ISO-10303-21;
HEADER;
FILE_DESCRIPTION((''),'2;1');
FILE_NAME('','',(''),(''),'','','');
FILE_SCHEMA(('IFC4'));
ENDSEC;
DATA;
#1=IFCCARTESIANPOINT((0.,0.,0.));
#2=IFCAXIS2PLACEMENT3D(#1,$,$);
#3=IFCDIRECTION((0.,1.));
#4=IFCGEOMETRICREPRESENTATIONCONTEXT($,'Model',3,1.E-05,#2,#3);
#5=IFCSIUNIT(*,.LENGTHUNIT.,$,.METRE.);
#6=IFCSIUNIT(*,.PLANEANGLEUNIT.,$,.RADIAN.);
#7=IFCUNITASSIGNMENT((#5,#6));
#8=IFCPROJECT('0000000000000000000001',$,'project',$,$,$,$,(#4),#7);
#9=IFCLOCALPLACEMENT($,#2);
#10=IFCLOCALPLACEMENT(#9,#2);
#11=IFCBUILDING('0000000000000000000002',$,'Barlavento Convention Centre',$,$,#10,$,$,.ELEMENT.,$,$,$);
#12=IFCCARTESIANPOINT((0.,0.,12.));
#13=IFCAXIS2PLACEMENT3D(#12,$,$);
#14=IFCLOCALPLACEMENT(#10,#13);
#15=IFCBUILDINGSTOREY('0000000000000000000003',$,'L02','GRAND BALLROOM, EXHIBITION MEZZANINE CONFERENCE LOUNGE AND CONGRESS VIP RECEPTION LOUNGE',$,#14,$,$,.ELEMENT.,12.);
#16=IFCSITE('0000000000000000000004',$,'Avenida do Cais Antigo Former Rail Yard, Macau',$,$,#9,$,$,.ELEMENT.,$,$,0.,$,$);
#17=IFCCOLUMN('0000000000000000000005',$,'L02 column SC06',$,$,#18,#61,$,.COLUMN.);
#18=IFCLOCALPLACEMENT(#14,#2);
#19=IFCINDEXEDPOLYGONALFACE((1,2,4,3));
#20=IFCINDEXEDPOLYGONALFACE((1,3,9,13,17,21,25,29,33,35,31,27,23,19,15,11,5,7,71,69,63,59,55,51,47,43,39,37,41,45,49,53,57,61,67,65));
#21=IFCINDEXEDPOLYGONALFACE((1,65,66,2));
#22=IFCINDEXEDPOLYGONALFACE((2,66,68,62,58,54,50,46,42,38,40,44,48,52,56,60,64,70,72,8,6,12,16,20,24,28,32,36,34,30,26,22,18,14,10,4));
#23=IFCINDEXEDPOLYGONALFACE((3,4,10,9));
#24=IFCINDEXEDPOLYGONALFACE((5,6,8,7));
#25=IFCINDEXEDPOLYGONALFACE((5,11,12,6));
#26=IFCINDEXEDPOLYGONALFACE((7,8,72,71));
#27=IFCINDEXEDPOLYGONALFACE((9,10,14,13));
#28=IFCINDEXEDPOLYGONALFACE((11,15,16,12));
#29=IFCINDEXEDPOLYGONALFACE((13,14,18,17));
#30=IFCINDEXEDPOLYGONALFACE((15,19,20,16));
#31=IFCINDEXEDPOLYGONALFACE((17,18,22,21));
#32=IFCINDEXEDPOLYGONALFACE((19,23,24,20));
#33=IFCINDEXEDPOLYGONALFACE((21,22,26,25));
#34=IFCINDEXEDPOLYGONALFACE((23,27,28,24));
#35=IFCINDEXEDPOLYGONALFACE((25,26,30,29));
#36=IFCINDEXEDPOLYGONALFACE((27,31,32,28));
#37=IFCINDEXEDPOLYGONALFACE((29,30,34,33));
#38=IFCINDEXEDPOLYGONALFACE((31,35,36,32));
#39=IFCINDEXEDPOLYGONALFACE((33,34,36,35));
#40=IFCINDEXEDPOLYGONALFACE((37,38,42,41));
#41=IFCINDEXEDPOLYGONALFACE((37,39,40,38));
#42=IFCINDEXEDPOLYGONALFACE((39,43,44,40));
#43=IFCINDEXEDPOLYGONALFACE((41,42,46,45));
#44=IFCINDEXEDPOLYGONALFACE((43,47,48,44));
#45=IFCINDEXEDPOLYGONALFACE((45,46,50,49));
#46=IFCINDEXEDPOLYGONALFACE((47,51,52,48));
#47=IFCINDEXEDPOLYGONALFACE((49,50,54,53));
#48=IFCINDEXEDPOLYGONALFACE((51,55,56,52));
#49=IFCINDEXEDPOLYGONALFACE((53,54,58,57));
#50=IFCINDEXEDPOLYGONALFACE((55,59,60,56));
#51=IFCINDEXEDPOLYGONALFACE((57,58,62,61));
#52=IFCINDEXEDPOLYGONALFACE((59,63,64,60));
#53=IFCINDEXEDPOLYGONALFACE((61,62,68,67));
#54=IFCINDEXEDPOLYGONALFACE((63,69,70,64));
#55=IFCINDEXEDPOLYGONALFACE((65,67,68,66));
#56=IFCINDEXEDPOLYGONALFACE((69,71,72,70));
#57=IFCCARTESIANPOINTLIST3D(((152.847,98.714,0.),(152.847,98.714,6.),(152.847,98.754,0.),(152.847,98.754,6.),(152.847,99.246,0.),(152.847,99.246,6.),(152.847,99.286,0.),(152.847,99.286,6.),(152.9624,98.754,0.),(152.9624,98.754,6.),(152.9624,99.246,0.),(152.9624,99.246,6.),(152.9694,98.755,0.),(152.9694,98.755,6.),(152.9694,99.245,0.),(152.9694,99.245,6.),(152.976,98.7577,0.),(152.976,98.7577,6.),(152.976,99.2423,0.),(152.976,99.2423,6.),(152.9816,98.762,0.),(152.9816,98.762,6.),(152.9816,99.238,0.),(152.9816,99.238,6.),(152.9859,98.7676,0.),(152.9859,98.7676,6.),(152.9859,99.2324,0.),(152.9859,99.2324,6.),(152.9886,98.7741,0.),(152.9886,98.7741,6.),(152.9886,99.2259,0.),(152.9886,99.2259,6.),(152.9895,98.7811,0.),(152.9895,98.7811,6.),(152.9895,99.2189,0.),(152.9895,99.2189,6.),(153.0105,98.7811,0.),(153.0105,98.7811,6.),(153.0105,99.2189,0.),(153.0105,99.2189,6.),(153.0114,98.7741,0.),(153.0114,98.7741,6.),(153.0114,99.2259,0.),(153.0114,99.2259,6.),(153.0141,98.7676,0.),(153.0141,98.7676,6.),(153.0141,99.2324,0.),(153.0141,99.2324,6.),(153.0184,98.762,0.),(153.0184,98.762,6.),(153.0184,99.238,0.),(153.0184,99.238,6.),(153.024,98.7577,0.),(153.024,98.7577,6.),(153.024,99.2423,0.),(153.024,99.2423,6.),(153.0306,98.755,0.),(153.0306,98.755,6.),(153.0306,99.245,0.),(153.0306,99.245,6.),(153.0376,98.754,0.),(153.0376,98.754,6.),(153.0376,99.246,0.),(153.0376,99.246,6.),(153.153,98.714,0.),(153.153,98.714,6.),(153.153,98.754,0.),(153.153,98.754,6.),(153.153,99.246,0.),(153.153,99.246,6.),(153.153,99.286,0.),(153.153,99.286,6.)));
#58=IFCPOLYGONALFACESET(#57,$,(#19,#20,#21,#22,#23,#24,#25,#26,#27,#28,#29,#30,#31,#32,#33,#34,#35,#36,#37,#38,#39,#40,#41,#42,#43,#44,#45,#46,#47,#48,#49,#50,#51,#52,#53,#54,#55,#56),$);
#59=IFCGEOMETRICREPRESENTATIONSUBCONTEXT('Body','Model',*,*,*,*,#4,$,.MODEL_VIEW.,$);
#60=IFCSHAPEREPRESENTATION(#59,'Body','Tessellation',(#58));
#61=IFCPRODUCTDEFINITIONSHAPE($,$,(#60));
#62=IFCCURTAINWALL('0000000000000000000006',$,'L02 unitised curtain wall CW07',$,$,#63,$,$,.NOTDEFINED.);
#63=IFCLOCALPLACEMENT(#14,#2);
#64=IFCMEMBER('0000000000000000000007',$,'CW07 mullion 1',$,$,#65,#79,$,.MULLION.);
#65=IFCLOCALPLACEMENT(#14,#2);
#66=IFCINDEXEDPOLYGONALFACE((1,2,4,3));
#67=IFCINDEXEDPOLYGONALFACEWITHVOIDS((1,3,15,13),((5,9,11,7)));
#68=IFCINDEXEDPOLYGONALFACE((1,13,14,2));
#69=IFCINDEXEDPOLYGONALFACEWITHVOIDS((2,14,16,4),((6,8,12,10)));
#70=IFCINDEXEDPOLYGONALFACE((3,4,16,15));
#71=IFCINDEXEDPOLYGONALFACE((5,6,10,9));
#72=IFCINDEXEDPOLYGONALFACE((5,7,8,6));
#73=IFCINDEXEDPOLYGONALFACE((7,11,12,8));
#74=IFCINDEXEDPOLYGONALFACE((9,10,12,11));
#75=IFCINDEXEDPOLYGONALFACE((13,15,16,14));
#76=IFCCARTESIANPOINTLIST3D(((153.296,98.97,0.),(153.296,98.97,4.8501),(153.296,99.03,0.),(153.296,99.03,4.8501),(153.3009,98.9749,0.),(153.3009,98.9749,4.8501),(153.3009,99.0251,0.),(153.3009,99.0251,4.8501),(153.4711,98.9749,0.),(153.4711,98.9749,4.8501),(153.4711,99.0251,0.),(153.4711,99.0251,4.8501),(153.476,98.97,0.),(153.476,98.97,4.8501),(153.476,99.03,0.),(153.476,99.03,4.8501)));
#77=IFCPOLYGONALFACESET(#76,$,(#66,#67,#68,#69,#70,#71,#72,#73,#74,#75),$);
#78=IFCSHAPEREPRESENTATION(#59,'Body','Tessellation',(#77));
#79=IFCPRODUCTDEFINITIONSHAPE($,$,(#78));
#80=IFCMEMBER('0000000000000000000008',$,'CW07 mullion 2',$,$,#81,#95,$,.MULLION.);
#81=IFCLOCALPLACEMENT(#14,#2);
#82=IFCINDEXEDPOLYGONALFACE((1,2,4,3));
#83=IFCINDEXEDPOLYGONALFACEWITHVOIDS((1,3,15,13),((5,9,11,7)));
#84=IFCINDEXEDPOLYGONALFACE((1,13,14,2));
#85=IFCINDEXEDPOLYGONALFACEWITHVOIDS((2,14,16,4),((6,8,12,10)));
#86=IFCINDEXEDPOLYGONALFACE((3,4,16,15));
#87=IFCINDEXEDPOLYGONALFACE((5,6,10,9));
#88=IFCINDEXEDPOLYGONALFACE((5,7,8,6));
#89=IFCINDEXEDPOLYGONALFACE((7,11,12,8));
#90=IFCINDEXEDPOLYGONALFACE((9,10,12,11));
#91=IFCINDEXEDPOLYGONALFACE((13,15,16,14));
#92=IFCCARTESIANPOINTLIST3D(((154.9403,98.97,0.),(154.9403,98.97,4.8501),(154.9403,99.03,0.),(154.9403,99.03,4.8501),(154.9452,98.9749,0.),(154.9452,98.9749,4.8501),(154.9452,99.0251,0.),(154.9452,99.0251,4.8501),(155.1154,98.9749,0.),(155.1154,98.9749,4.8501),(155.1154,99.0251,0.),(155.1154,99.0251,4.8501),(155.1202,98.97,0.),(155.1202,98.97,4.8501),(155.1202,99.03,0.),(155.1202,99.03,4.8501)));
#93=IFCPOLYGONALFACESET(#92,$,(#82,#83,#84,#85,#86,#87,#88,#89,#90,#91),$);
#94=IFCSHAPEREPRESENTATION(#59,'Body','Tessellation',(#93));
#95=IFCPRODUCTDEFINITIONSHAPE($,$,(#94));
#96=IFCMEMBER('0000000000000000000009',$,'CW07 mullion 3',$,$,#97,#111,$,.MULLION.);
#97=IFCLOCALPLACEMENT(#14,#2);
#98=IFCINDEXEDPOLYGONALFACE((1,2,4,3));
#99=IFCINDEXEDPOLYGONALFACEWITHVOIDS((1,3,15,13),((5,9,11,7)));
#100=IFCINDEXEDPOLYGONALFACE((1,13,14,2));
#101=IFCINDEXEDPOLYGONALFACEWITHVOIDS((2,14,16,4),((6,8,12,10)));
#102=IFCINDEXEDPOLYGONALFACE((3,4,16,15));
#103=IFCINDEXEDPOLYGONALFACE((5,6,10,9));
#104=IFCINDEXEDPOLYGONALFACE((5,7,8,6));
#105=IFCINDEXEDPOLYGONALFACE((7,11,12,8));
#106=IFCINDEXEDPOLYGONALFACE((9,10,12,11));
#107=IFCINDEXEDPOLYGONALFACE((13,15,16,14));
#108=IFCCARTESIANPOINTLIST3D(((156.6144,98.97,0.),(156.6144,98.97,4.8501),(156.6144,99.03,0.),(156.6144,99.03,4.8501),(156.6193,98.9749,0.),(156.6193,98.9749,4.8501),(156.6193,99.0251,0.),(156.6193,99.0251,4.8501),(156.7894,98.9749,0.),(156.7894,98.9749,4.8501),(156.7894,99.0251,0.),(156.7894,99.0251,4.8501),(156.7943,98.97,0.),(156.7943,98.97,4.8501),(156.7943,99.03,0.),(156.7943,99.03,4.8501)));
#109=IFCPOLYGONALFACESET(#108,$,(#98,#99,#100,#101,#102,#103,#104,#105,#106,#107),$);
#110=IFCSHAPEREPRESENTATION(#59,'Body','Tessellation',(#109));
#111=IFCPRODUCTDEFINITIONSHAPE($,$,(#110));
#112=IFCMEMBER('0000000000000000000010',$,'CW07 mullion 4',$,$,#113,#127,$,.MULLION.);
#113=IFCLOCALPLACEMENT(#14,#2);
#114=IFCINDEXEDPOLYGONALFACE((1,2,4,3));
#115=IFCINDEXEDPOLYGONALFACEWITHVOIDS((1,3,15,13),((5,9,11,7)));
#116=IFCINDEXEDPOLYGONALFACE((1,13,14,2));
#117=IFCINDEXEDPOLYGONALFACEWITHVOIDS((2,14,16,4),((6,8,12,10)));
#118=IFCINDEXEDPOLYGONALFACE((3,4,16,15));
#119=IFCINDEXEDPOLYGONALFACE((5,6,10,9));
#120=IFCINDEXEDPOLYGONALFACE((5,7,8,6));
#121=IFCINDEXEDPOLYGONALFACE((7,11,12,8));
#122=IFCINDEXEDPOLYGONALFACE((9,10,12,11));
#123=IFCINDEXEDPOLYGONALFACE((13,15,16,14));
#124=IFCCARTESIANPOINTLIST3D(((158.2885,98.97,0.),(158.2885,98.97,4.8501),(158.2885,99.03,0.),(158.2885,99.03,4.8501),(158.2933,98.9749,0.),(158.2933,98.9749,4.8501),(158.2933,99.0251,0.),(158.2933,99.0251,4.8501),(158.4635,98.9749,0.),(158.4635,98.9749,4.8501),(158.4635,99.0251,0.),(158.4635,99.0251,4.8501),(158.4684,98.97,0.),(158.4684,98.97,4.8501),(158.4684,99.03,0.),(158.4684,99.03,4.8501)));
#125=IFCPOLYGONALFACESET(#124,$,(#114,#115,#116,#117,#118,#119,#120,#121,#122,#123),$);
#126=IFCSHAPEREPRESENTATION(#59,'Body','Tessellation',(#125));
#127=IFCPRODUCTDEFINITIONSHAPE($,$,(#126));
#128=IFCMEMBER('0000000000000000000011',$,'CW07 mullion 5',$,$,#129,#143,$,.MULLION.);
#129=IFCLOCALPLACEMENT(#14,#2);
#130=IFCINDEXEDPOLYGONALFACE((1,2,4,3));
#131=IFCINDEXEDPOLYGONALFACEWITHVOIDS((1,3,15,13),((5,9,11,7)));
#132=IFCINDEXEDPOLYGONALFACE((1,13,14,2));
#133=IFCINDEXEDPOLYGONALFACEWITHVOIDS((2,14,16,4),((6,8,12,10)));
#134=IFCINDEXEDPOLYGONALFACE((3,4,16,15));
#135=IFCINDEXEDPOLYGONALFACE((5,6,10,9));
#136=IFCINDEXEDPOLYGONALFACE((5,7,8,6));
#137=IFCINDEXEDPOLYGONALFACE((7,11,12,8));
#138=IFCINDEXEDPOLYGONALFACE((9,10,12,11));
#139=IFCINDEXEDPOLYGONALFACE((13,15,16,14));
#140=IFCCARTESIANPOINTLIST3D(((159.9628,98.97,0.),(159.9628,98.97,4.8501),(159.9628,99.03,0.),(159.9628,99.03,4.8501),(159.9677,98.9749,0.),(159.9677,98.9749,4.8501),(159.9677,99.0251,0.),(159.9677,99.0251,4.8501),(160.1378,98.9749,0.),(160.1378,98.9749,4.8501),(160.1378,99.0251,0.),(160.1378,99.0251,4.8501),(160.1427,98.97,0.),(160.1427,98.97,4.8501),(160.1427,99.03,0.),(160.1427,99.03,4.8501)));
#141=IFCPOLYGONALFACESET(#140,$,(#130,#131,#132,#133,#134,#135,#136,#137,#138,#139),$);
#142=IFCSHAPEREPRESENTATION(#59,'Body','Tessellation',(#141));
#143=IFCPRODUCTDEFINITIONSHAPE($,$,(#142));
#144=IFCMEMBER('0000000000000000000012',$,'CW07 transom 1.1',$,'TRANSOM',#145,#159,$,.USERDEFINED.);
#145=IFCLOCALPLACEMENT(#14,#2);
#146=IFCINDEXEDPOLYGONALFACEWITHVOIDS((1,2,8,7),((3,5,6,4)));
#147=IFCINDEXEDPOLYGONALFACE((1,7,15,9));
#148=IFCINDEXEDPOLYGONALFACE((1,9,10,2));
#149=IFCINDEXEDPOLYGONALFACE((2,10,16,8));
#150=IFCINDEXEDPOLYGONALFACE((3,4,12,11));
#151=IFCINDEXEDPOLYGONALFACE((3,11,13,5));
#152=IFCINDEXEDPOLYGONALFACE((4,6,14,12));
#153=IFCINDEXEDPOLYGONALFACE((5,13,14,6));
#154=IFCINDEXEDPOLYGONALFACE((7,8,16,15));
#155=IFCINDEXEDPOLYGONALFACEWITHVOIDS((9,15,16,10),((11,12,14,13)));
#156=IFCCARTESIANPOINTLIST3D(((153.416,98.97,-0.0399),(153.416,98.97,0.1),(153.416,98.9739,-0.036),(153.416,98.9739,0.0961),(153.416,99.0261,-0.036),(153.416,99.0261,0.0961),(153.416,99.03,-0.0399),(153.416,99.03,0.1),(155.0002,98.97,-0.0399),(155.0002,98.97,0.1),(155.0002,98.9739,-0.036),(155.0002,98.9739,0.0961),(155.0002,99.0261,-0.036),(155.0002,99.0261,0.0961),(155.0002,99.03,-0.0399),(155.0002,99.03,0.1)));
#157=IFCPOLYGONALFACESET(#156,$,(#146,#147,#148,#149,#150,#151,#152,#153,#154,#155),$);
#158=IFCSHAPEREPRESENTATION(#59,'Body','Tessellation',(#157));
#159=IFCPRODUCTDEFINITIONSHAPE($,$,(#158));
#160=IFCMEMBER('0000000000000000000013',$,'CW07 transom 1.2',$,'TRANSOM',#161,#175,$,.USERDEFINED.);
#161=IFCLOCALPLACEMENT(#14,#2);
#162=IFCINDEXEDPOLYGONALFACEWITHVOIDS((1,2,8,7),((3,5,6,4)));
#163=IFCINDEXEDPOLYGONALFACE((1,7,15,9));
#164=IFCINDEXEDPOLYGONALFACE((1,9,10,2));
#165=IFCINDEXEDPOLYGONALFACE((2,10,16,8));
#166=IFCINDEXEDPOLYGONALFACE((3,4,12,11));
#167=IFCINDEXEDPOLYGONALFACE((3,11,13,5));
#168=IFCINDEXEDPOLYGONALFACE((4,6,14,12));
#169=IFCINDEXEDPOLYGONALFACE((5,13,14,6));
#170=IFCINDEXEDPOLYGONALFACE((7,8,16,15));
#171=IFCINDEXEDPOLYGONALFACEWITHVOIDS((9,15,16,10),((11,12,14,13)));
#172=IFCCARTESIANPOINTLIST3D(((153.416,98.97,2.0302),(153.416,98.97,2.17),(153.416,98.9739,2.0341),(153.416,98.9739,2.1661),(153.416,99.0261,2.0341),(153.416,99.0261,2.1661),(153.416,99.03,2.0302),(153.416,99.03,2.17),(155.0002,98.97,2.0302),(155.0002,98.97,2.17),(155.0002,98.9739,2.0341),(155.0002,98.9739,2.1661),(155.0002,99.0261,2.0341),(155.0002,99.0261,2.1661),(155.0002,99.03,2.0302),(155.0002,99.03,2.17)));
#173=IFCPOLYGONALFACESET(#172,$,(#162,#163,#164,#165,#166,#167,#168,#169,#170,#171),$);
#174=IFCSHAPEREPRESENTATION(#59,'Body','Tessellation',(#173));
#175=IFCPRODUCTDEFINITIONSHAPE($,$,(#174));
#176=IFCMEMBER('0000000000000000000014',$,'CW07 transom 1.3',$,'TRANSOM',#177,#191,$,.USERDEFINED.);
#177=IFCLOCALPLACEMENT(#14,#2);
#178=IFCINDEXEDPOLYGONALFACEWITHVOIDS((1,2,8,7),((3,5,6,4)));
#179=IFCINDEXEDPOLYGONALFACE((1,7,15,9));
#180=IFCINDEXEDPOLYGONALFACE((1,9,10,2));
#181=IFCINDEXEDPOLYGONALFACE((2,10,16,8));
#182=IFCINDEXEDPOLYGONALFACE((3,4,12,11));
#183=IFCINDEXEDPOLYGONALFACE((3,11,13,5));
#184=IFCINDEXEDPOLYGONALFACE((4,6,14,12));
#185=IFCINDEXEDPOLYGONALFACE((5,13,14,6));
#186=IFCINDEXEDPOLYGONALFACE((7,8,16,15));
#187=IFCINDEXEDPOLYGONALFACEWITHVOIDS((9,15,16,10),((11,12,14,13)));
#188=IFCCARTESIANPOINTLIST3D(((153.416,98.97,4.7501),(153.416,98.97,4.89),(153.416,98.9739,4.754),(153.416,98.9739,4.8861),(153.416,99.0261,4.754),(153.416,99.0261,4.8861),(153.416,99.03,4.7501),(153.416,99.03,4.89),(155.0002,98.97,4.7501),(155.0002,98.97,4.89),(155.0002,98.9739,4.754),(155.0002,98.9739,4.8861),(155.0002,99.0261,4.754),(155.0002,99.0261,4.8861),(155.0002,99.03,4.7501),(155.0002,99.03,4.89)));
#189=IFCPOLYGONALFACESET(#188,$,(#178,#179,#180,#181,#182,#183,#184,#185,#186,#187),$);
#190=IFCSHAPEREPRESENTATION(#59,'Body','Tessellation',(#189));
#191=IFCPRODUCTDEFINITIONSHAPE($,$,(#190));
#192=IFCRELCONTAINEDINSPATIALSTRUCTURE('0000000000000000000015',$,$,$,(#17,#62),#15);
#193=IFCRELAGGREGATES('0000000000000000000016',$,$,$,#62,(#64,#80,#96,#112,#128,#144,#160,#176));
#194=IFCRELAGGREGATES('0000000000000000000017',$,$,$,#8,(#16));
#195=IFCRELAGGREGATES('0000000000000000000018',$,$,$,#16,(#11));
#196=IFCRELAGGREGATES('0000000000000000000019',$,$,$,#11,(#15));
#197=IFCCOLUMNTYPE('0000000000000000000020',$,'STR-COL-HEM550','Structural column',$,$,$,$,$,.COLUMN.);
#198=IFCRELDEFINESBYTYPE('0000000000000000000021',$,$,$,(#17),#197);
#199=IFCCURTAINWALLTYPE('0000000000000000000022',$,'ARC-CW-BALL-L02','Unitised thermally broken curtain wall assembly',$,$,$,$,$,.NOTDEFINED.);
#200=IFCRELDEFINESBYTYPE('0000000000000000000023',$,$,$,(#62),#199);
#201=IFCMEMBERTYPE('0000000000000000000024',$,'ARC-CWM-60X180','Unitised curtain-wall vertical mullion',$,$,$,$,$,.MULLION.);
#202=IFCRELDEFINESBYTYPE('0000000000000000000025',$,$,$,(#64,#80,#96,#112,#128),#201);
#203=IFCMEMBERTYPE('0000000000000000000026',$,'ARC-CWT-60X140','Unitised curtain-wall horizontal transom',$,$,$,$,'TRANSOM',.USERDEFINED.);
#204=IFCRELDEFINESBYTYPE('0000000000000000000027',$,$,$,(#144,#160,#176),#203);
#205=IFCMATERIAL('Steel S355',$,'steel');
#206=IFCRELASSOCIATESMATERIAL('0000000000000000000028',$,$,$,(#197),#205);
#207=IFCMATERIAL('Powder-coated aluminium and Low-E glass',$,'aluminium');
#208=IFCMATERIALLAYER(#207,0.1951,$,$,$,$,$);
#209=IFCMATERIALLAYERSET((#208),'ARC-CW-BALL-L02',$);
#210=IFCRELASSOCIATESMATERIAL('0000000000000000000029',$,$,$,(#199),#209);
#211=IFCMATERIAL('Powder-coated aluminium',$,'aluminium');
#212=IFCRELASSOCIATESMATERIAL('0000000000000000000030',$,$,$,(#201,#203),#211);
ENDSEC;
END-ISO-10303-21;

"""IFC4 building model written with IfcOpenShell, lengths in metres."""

from ifc_helpers import new_model, si_unit, direction, frame, origin, origin_2d, place, context, subcontext, project, spatial, hollow_rectangle, i_section, extrude, material, layer, layer_set, material_profile, profile_set, type_object, element, aggregate, save


model = new_model("IFC4")

# Units and contexts
model_context = context("Model", 3, precision=1e-05, world=origin(), true_north=direction((0.0, 1.0)))
body_context = subcontext(model_context, "Body", "Model", "MODEL_VIEW")
ifc_project = project(units=[si_unit("LENGTHUNIT", "METRE"), si_unit("PLANEANGLEUNIT", "RADIAN")], contexts=[model_context])

# Site, building, storey
site_placement = place(None, origin())
site = spatial("IfcSite", under=ifc_project, at=site_placement, Name="Avenida do Cais Antigo Former Rail Yard, Macau", CompositionType="ELEMENT", RefElevation=0.0)
building_placement = place(site_placement, origin())
building = spatial("IfcBuilding", under=site, at=building_placement, Name="Barlavento Convention Centre", CompositionType="ELEMENT")
storey_placement = place(building_placement, frame((0.0, 0.0, 12.0)))
storey = spatial("IfcBuildingStorey", under=building, at=storey_placement, Name="L02", Description="GRAND BALLROOM, EXHIBITION MEZZANINE CONFERENCE LOUNGE AND CONGRESS VIP RECEPTION LOUNGE", CompositionType="ELEMENT", Elevation=12.0)

# Column
ifc_material_1 = material(Name="Steel S355", Category="steel")
ifc_material_profile_1 = material_profile(ifc_material_1, i_section(OverallWidth=0.3059, OverallDepth=0.572, WebThickness=0.021, FlangeThickness=0.04, FilletRadius=0.0271, at=origin_2d()), Name="HEM 550")
ifc_profile_set_1 = profile_set([ifc_material_profile_1], Name="Steel S355")
column_type = type_object("IfcColumnType", Name="STR-COL-HEM550", Description="Structural column", PredefinedType="COLUMN", material=ifc_profile_set_1)
column_placement = place(storey_placement, frame((153.0, 99.0, 0.0), z_axis=(0.0, 0.0, 1.0), x_axis=(1.0, 0.0, 0.0)))
element("IfcColumn", 1, at=column_placement, inside=storey, type_object=column_type, Name="L02 column SC06", PredefinedType="COLUMN", context=body_context, shape_type="SweptSolid", body=[
    extrude(i_section(OverallWidth=0.3059, OverallDepth=0.572, WebThickness=0.021, FlangeThickness=0.04, FilletRadius=0.0271, at=origin_2d()), origin(), (0.0, 0.0, 1.0), 6.0),
])

# Curtain wall, members
ifc_material_2 = material(Name="Powder-coated aluminium and Low-E glass", Category="aluminium")
ifc_layer_1 = layer(ifc_material_2, 0.1951)
ifc_layer_set_1 = layer_set([ifc_layer_1], Name="ARC-CW-BALL-L02")
curtain_wall_type = type_object("IfcCurtainWallType", Name="ARC-CW-BALL-L02", Description="Unitised thermally broken curtain wall assembly", PredefinedType="NOTDEFINED", material=ifc_layer_set_1)
curtain_wall_placement = place(storey_placement, origin())
curtain_wall = element("IfcCurtainWall", 2, at=curtain_wall_placement, inside=storey, type_object=curtain_wall_type, Name="L02 unitised curtain wall CW07", PredefinedType="NOTDEFINED")
ifc_material_3 = material(Name="Powder-coated aluminium", Category="aluminium")
ifc_material_profile_2 = material_profile(ifc_material_3, hollow_rectangle(XDim=0.0601, YDim=0.1799, WallThickness=0.0049, at=origin_2d()), Name="AL-MULL 60x180x5")
ifc_profile_set_2 = profile_set([ifc_material_profile_2], Name="Powder-coated aluminium")
member_type_1 = type_object("IfcMemberType", Name="ARC-CWM-60X180", Description="Unitised curtain-wall vertical mullion", PredefinedType="MULLION", material=ifc_profile_set_2)
member_1_placement = place(storey_placement, frame((153.386, 99.0, 0.0), z_axis=(0.0, 0.0, 1.0), x_axis=(0.0, 1.0, 0.0)))
member_1 = element("IfcMember", 3, at=member_1_placement, type_object=member_type_1, Name="CW07 mullion 1", PredefinedType="MULLION", context=body_context, shape_type="SweptSolid", body=[
    extrude(hollow_rectangle(XDim=0.0601, YDim=0.1799, WallThickness=0.0049, at=origin_2d()), origin(), (0.0, 0.0, 1.0), 4.8501),
])
member_2_placement = place(storey_placement, frame((155.0303, 99.0, 0.0), z_axis=(0.0, 0.0, 1.0), x_axis=(0.0, 1.0, 0.0)))
member_2 = element("IfcMember", 4, at=member_2_placement, type_object=member_type_1, Name="CW07 mullion 2", PredefinedType="MULLION", context=body_context, shape_type="SweptSolid", body=[
    extrude(hollow_rectangle(XDim=0.0601, YDim=0.1799, WallThickness=0.0049, at=origin_2d()), origin(), (0.0, 0.0, 1.0), 4.8501),
])
member_3_placement = place(storey_placement, frame((156.7043, 99.0, 0.0), z_axis=(0.0, 0.0, 1.0), x_axis=(0.0, 1.0, 0.0)))
member_3 = element("IfcMember", 5, at=member_3_placement, type_object=member_type_1, Name="CW07 mullion 3", PredefinedType="MULLION", context=body_context, shape_type="SweptSolid", body=[
    extrude(hollow_rectangle(XDim=0.0601, YDim=0.1799, WallThickness=0.0049, at=origin_2d()), origin(), (0.0, 0.0, 1.0), 4.8501),
])
member_4_placement = place(storey_placement, frame((158.3784, 99.0, 0.0), z_axis=(0.0, 0.0, 1.0), x_axis=(0.0, 1.0, 0.0)))
member_4 = element("IfcMember", 6, at=member_4_placement, type_object=member_type_1, Name="CW07 mullion 4", PredefinedType="MULLION", context=body_context, shape_type="SweptSolid", body=[
    extrude(hollow_rectangle(XDim=0.0601, YDim=0.1799, WallThickness=0.0049, at=origin_2d()), origin(), (0.0, 0.0, 1.0), 4.8501),
])
member_5_placement = place(storey_placement, frame((160.0527, 99.0, 0.0), z_axis=(0.0, 0.0, 1.0), x_axis=(0.0, 1.0, 0.0)))
member_5 = element("IfcMember", 7, at=member_5_placement, type_object=member_type_1, Name="CW07 mullion 5", PredefinedType="MULLION", context=body_context, shape_type="SweptSolid", body=[
    extrude(hollow_rectangle(XDim=0.0601, YDim=0.1799, WallThickness=0.0049, at=origin_2d()), origin(), (0.0, 0.0, 1.0), 4.8501),
])
ifc_material_profile_3 = material_profile(ifc_material_3, hollow_rectangle(XDim=0.0601, YDim=0.1399, WallThickness=0.0039, at=origin_2d()), Name="AL-TRAN 60x140x4")
ifc_profile_set_3 = profile_set([ifc_material_profile_3], Name="Powder-coated aluminium")
member_type_2 = type_object("IfcMemberType", Name="ARC-CWT-60X140", Description="Unitised curtain-wall horizontal transom", ElementType="TRANSOM", PredefinedType="USERDEFINED", material=ifc_profile_set_3)
member_6_placement = place(storey_placement, frame((153.416, 99.0, 0.03), z_axis=(1.0, 0.0, 0.0), x_axis=(0.0, 1.0, 0.0)))
member_6 = element("IfcMember", 8, at=member_6_placement, type_object=member_type_2, Name="CW07 transom 1.1", ObjectType="TRANSOM", PredefinedType="USERDEFINED", context=body_context, shape_type="SweptSolid", body=[
    extrude(hollow_rectangle(XDim=0.0601, YDim=0.1399, WallThickness=0.0039, at=origin_2d()), origin(), (0.0, 0.0, 1.0), 1.5842),
])
member_7_placement = place(storey_placement, frame((153.416, 99.0, 2.1001), z_axis=(1.0, 0.0, 0.0), x_axis=(0.0, 1.0, 0.0)))
member_7 = element("IfcMember", 9, at=member_7_placement, type_object=member_type_2, Name="CW07 transom 1.2", ObjectType="TRANSOM", PredefinedType="USERDEFINED", context=body_context, shape_type="SweptSolid", body=[
    extrude(hollow_rectangle(XDim=0.0601, YDim=0.1399, WallThickness=0.0039, at=origin_2d()), origin(), (0.0, 0.0, 1.0), 1.5842),
])
member_8_placement = place(storey_placement, frame((153.416, 99.0, 4.8201), z_axis=(1.0, 0.0, 0.0), x_axis=(0.0, 1.0, 0.0)))
member_8 = element("IfcMember", 10, at=member_8_placement, type_object=member_type_2, Name="CW07 transom 1.3", ObjectType="TRANSOM", PredefinedType="USERDEFINED", context=body_context, shape_type="SweptSolid", body=[
    extrude(hollow_rectangle(XDim=0.0601, YDim=0.1399, WallThickness=0.0039, at=origin_2d()), origin(), (0.0, 0.0, 1.0), 1.5842),
])

aggregate(curtain_wall, [member_1, member_2, member_3, member_4, member_5, member_6, member_7, member_8])

save(model, "model.ifc")
